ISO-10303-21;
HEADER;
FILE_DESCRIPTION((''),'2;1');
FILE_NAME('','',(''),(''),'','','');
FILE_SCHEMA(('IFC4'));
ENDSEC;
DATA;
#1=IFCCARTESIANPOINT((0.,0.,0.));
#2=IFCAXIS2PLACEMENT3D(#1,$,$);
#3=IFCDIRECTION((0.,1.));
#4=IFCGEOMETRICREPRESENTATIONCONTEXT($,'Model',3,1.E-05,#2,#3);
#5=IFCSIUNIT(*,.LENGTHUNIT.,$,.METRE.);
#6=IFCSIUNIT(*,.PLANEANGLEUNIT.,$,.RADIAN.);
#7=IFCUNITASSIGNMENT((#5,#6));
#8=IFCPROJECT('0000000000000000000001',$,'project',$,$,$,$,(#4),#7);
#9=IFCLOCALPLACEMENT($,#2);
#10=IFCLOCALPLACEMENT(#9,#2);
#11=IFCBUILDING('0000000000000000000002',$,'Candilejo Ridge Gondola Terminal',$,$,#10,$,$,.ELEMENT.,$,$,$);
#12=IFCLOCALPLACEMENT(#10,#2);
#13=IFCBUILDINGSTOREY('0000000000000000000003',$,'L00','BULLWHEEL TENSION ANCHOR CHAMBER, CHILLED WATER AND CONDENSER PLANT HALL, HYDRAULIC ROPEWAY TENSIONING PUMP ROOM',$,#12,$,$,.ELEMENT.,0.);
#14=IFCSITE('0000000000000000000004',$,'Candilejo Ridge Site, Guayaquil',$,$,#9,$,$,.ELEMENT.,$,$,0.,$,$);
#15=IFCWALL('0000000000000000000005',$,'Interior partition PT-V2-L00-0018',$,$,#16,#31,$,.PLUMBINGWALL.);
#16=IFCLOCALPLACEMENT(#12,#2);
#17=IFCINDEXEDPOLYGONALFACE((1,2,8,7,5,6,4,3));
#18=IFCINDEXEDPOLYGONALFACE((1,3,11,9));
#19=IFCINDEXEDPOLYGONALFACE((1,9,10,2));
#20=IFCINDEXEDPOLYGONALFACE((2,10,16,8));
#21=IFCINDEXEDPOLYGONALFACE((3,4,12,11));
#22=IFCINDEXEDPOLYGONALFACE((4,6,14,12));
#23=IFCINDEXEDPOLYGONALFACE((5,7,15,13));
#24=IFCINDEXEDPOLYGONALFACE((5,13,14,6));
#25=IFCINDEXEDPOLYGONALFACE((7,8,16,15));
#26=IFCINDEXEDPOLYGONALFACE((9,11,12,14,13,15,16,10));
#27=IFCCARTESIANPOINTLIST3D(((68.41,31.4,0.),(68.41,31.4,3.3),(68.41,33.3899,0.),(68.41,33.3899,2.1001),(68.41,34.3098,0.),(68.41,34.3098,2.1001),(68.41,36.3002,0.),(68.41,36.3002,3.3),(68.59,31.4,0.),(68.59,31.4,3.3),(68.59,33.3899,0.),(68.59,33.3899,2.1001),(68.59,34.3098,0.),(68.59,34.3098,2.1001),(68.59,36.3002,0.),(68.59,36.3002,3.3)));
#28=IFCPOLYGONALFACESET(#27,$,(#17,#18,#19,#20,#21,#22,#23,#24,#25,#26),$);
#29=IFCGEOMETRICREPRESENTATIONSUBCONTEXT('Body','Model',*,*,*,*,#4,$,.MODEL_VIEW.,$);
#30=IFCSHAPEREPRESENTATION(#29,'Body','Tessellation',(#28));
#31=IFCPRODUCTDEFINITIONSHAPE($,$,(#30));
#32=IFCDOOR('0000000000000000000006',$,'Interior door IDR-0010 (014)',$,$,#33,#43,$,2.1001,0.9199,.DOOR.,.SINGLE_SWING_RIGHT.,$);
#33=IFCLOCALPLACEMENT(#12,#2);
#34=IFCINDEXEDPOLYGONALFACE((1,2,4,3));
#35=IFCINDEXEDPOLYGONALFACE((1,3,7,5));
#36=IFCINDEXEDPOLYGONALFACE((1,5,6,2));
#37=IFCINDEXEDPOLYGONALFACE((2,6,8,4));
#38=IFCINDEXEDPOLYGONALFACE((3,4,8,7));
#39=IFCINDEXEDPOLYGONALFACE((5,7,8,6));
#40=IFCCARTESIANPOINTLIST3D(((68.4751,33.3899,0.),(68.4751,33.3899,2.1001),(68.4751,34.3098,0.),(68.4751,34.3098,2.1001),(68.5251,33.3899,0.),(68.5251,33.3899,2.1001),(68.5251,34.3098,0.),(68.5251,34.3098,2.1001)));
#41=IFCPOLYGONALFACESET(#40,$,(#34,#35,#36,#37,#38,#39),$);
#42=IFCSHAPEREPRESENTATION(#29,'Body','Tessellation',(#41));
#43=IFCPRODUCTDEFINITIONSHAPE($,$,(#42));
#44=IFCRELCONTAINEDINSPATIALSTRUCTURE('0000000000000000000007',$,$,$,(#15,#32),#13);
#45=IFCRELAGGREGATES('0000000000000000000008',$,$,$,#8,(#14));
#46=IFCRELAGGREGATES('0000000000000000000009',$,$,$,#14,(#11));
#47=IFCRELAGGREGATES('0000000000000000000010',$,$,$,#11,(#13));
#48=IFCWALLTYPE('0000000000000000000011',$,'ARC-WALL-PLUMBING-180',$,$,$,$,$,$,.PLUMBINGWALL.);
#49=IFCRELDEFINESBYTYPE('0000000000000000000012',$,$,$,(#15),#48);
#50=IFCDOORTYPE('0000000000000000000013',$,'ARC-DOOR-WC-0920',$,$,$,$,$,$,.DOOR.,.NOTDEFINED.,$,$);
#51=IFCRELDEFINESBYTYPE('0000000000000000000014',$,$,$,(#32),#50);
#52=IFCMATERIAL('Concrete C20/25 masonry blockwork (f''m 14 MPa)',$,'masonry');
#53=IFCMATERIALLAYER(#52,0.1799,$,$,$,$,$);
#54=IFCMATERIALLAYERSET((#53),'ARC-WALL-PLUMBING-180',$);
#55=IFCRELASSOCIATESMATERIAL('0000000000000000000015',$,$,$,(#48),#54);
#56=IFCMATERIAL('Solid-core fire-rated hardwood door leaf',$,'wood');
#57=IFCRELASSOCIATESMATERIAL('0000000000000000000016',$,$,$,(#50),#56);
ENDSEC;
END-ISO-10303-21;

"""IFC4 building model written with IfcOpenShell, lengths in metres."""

from ifc_helpers import new_model, si_unit, direction, frame, frame_2d, origin, place, context, subcontext, project, spatial, rectangle, extrude, material, layer, layer_set, type_object, element, fill, save


model = new_model("IFC4")

# Units and contexts
model_context = context("Model", 3, precision=1e-05, world=origin(), true_north=direction((0.0, 1.0)))
body_context = subcontext(model_context, "Body", "Model", "MODEL_VIEW")
ifc_project = project(units=[si_unit("LENGTHUNIT", "METRE"), si_unit("PLANEANGLEUNIT", "RADIAN")], contexts=[model_context])

# Site, building, storey
site_placement = place(None, origin())
site = spatial("IfcSite", under=ifc_project, at=site_placement, Name="Candilejo Ridge Site, Guayaquil", CompositionType="ELEMENT", RefElevation=0.0)
building_placement = place(site_placement, origin())
building = spatial("IfcBuilding", under=site, at=building_placement, Name="Candilejo Ridge Gondola Terminal", CompositionType="ELEMENT")
storey_placement = place(building_placement, origin())
storey = spatial("IfcBuildingStorey", under=building, at=storey_placement, Name="L00", Description="BULLWHEEL TENSION ANCHOR CHAMBER, CHILLED WATER AND CONDENSER PLANT HALL, HYDRAULIC ROPEWAY TENSIONING PUMP ROOM", CompositionType="ELEMENT", Elevation=0.0)

# Wall, opening, door
ifc_material_1 = material(Name="Concrete C20/25 masonry blockwork (f'm 14 MPa)", Category="masonry")
ifc_layer_1 = layer(ifc_material_1, 0.1799)
ifc_layer_set_1 = layer_set([ifc_layer_1], Name="ARC-WALL-PLUMBING-180")
wall_type_1 = type_object("IfcWallType", Name="ARC-WALL-PLUMBING-180", PredefinedType="PLUMBINGWALL", material=ifc_layer_set_1)
wall_1_placement = place(storey_placement, frame((68.5, 31.3999, 0.0), z_axis=(0.0, 0.0, 1.0), x_axis=(0.0, 1.0, 0.0)))
wall_1 = element("IfcWall", 1, at=wall_1_placement, inside=storey, type_object=wall_type_1, Name="Interior partition PT-V2-L00-0018", PredefinedType="PLUMBINGWALL", context=body_context, shape_type="SweptSolid", body=[
    extrude(rectangle(XDim=4.9001, YDim=0.1799, at=frame_2d((2.4502, 0.0))), origin(), (0.0, 0.0, 1.0), 3.3),
])
opening_1_placement = place(wall_1_placement, frame((1.99, 0.0, 0.0)))
opening_1 = element("IfcOpeningElement", 2, at=opening_1_placement, cuts=wall_1, PredefinedType="OPENING", context=body_context, shape_type="SweptSolid", body=[
    extrude(rectangle(XDim=0.9199, YDim=2.1001, at=frame_2d((0.46, 1.05))), frame((0.0, 0.0999, 0.0), z_axis=(0.0, -1.0, 0.0), x_axis=(1.0, 0.0, 0.0)), (0.0, 0.0, 1.0), 0.2),
])
ifc_material_2 = material(Name="Solid-core fire-rated hardwood door leaf", Category="wood")
door_type_1 = type_object("IfcDoorType", Name="ARC-DOOR-WC-0920", OperationType="NOTDEFINED", PredefinedType="DOOR", material=ifc_material_2)
door_1_placement = place(opening_1_placement, origin())
door_1 = element("IfcDoor", 3, at=door_1_placement, inside=storey, type_object=door_type_1, Name="Interior door IDR-0010 (014)", OperationType="SINGLE_SWING_RIGHT", OverallHeight=2.1001, OverallWidth=0.9199, PredefinedType="DOOR", context=body_context, shape_type="SweptSolid", body=[
    extrude(rectangle(XDim=0.9199, YDim=2.1001, at=frame_2d((0.46, 1.05))), frame((0.0, 0.0249, 0.0), z_axis=(0.0, -1.0, 0.0), x_axis=(1.0, 0.0, 0.0)), (0.0, 0.0, 1.0), 0.05),
])
fill(opening_1, door_1)

save(model, "model.ifc")
